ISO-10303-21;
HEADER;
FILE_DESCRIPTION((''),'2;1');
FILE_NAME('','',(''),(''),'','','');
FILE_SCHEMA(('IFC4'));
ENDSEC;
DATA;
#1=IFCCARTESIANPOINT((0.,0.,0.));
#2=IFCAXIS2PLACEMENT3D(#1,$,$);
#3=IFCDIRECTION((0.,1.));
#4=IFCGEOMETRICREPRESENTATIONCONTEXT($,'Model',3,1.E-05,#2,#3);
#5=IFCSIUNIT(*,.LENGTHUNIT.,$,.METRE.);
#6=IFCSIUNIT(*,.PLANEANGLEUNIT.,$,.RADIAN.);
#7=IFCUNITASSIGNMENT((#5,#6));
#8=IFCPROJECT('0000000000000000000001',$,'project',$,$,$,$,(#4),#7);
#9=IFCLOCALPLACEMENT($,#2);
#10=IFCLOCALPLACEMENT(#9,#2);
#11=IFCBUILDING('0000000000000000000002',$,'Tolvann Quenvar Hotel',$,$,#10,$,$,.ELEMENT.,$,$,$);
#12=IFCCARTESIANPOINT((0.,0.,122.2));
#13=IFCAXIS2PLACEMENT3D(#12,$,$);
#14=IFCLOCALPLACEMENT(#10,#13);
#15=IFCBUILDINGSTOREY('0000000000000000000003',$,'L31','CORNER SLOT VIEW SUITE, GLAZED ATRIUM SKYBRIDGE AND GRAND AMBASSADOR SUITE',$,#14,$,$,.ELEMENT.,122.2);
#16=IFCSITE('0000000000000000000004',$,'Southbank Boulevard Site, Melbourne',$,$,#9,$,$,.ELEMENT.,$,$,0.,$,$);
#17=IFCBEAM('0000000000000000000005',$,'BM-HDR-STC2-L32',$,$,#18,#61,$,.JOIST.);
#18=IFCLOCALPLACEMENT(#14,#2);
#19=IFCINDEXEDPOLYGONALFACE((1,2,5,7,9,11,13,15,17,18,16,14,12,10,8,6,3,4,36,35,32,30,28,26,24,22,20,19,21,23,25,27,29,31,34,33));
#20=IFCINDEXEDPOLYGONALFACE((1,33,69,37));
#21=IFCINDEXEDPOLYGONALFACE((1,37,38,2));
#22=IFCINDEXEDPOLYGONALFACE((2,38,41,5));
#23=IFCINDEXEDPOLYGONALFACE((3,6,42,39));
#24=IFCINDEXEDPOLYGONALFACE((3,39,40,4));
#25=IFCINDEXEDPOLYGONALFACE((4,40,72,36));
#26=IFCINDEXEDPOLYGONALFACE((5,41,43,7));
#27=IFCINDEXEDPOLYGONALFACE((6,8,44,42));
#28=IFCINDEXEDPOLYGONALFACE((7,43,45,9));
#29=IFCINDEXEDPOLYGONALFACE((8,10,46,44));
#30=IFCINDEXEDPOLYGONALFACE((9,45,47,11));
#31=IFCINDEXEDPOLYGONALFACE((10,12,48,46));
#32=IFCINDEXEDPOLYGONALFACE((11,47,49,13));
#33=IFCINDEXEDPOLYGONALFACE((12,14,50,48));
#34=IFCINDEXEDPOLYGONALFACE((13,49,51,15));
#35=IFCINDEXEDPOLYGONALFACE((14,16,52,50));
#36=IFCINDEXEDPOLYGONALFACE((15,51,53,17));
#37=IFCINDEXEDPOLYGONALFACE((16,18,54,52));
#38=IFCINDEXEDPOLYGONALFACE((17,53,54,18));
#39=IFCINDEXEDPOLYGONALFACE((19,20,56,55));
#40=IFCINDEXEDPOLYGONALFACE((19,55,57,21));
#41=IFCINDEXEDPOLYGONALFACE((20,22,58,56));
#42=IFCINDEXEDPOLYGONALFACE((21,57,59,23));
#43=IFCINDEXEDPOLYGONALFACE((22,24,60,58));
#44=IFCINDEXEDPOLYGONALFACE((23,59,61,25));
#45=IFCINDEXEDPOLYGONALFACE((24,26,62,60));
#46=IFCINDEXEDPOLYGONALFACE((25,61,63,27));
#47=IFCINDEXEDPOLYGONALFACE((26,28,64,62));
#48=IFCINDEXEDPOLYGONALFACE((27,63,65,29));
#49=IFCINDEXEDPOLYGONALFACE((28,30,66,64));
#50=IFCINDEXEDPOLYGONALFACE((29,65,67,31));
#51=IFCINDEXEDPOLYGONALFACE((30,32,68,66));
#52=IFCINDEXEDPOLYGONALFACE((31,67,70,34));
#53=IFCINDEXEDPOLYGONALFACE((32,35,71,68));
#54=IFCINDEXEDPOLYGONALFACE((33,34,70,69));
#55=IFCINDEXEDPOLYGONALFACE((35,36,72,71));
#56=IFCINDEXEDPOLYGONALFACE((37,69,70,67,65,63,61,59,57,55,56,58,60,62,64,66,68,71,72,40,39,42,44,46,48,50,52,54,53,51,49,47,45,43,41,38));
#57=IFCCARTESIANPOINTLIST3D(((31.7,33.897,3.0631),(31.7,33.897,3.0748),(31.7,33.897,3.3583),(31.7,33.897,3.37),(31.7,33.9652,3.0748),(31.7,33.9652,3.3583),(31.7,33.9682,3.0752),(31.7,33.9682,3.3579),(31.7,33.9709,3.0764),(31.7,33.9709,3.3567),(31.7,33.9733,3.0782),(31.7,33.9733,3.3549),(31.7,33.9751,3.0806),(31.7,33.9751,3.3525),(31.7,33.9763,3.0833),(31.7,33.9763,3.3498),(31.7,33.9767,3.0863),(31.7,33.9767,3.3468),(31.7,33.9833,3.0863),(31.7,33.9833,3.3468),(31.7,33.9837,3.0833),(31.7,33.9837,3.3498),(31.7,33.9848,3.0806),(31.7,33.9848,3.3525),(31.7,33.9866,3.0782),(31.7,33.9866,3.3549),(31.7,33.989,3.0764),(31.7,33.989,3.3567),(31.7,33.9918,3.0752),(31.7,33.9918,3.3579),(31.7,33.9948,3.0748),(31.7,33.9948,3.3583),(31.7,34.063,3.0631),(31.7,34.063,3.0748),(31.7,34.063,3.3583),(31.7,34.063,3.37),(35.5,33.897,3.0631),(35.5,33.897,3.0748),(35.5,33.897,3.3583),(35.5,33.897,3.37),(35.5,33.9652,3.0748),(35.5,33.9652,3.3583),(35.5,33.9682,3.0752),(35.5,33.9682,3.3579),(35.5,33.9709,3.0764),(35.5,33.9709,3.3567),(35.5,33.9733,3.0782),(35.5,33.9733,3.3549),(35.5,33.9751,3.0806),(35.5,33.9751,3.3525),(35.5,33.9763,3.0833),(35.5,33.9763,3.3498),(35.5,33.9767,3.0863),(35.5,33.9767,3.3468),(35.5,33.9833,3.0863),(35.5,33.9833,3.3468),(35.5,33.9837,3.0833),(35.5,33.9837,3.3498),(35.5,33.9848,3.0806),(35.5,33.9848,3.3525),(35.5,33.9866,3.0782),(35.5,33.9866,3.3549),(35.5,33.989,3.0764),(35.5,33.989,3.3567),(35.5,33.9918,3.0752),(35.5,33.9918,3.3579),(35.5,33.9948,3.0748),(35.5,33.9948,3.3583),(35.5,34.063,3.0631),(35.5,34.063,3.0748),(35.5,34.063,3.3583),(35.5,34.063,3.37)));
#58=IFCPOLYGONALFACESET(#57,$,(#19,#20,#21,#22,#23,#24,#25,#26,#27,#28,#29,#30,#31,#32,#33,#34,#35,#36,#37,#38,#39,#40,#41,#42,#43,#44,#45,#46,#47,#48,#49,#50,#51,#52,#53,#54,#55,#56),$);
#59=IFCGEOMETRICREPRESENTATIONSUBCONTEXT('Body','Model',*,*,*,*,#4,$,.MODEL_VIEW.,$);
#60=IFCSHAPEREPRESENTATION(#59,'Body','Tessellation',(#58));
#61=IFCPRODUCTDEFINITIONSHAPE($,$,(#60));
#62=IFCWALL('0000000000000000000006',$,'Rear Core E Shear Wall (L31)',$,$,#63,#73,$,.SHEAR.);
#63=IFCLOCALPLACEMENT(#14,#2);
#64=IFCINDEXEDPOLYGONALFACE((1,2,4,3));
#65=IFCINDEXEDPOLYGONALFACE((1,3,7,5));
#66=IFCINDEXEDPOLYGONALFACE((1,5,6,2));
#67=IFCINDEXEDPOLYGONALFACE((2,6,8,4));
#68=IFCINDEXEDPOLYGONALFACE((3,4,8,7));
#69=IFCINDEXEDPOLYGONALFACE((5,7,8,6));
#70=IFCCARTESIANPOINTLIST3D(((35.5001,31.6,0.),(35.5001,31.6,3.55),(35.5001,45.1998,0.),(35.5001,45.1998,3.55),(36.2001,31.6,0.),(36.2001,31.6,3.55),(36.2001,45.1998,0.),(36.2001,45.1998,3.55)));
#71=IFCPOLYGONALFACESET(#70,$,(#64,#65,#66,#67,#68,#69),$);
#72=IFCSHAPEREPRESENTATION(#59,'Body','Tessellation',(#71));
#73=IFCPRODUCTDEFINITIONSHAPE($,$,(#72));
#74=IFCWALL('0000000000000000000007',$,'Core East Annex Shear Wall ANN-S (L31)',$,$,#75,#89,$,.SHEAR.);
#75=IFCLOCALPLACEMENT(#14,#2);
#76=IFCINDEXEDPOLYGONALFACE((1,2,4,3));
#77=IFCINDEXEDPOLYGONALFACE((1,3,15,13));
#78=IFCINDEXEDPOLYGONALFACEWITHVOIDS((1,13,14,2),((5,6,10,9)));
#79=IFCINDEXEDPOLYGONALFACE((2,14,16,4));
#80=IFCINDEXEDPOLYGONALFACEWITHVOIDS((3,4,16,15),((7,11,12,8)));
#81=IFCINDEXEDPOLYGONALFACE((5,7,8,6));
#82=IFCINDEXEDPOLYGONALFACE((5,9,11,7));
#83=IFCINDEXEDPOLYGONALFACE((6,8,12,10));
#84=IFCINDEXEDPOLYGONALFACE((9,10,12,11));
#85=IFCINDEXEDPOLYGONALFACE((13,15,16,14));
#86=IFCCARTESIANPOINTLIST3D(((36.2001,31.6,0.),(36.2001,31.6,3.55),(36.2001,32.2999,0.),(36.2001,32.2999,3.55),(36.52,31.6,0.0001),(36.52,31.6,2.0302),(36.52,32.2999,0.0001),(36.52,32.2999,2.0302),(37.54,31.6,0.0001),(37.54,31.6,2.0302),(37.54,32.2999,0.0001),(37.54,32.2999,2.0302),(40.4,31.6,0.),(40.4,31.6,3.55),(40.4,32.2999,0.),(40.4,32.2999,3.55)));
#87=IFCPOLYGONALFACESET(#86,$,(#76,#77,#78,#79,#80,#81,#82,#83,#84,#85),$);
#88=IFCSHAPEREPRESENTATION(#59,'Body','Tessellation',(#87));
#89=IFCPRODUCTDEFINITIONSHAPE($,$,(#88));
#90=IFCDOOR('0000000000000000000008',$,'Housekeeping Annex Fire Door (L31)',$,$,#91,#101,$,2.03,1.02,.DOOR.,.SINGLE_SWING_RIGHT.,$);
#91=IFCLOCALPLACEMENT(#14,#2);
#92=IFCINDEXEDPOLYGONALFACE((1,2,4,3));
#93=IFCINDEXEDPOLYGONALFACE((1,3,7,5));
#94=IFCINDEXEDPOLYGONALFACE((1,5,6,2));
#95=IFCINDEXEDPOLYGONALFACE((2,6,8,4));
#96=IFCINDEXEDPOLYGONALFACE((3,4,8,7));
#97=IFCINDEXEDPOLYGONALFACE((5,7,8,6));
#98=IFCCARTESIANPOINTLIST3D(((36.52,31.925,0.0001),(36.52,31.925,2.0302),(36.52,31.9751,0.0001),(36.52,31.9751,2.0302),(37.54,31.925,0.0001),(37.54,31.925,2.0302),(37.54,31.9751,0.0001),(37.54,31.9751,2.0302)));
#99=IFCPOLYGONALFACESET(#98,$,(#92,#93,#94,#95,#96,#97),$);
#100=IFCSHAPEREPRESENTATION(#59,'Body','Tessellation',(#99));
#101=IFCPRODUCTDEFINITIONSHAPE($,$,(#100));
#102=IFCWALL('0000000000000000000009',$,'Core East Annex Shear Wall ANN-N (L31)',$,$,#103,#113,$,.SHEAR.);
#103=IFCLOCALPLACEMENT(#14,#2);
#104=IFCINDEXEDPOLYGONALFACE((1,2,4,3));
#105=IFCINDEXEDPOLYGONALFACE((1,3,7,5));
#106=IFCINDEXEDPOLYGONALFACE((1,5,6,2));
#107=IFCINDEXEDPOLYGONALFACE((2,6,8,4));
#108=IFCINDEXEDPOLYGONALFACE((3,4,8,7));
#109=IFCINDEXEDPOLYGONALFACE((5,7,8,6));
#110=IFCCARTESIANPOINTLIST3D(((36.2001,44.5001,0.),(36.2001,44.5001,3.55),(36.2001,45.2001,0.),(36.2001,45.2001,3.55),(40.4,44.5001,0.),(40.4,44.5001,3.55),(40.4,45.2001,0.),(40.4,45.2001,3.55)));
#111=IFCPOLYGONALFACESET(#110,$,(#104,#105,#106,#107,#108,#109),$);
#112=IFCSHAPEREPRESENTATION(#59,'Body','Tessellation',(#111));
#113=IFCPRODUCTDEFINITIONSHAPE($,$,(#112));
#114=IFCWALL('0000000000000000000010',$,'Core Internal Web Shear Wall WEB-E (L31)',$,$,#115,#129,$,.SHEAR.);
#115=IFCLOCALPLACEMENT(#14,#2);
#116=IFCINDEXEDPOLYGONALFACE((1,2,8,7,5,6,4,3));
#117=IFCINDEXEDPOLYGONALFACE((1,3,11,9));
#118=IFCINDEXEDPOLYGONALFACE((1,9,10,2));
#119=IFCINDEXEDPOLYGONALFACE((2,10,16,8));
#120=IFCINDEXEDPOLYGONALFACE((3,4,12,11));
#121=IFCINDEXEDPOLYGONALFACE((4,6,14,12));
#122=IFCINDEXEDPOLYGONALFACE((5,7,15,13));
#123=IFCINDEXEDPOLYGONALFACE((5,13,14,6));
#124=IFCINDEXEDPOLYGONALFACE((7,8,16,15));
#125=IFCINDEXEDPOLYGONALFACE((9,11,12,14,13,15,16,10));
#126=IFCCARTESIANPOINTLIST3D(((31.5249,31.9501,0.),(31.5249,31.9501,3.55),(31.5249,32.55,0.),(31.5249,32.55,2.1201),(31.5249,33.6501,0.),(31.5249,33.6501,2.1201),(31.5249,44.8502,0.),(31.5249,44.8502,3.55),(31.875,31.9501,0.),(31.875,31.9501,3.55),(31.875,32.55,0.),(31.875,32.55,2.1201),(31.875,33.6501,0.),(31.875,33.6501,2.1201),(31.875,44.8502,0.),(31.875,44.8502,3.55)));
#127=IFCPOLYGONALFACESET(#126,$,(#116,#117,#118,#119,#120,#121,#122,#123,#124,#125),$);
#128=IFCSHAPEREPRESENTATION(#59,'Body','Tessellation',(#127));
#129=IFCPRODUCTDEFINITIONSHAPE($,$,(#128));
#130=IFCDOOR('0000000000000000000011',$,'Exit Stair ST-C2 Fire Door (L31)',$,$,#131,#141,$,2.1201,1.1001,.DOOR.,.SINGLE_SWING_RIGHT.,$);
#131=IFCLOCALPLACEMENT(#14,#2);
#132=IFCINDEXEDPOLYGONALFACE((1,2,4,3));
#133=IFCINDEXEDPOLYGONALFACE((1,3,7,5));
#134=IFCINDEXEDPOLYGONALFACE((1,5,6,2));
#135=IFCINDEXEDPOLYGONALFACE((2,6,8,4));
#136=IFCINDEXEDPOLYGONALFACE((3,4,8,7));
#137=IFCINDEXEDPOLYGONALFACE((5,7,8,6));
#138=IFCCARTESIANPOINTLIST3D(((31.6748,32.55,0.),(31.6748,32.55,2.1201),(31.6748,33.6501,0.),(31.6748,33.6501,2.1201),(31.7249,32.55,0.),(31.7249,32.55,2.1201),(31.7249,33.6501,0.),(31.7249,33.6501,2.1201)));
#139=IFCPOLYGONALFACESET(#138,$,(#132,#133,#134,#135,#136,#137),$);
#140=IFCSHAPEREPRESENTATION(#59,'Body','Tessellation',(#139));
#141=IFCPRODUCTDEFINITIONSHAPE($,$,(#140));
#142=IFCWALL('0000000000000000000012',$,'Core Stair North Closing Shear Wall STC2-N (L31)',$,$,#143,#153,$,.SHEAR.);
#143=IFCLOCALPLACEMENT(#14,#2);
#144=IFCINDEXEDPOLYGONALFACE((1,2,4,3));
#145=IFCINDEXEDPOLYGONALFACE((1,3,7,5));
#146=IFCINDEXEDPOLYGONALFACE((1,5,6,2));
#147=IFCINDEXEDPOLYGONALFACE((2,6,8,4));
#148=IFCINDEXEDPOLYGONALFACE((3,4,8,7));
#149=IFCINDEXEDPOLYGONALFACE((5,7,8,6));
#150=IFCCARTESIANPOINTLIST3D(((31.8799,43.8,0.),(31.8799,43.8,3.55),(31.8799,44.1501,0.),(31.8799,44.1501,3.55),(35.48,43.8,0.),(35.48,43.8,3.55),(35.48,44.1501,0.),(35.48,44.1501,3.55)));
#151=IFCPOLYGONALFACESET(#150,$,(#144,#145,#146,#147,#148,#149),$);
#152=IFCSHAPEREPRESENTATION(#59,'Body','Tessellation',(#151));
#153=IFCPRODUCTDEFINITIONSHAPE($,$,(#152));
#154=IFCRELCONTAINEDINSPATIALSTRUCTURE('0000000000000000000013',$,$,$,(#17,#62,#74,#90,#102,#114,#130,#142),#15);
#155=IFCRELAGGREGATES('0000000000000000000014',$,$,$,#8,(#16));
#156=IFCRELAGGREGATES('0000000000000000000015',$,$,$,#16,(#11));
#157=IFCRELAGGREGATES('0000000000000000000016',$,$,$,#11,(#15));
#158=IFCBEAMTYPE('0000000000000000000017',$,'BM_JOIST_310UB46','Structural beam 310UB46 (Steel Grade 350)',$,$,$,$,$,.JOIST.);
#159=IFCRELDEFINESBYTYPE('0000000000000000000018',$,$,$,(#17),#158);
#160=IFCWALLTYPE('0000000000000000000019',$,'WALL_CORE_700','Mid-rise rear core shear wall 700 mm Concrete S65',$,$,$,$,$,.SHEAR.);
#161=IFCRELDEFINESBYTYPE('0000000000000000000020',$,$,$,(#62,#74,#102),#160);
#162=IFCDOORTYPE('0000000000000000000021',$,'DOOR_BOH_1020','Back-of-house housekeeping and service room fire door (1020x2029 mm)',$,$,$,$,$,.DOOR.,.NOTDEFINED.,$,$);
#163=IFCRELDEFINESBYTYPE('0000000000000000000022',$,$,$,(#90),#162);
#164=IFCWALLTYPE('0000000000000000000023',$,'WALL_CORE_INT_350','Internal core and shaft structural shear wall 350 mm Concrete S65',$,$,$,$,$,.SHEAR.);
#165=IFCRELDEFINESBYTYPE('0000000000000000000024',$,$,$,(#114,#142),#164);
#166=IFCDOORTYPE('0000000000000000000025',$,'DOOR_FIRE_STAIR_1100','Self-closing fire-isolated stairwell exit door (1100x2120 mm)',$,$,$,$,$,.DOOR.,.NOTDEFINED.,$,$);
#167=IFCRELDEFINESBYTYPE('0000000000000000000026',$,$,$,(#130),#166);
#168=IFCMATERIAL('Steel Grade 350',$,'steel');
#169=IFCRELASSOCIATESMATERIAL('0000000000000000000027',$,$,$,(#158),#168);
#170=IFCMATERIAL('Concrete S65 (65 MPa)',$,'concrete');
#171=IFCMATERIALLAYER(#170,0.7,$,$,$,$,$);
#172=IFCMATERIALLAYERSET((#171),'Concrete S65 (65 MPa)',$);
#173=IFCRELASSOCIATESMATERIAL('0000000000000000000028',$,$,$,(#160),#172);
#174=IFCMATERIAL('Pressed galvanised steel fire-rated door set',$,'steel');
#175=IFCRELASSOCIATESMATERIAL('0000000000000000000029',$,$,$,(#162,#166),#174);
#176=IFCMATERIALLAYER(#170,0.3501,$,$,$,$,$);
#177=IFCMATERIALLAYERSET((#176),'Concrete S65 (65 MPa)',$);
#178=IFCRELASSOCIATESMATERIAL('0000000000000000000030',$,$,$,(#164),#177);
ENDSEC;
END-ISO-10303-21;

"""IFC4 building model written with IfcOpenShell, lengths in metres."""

from ifc_helpers import new_model, si_unit, direction, frame, frame_2d, origin, origin_2d, place, context, subcontext, project, spatial, rectangle, i_section, extrude, source, transform, mapped, material, layer, layer_set, material_profile, profile_set, type_object, type_shapes, element, fill, save


model = new_model("IFC4")

# Units and contexts
model_context = context("Model", 3, precision=1e-05, world=origin(), true_north=direction((0.0, 1.0)))
body_context = subcontext(model_context, "Body", "Model", "MODEL_VIEW")
ifc_project = project(units=[si_unit("LENGTHUNIT", "METRE"), si_unit("PLANEANGLEUNIT", "RADIAN")], contexts=[model_context])

# Site, building, storey
site_placement = place(None, origin())
site = spatial("IfcSite", under=ifc_project, at=site_placement, Name="Southbank Boulevard Site, Melbourne", CompositionType="ELEMENT", RefElevation=0.0)
building_placement = place(site_placement, origin())
building = spatial("IfcBuilding", under=site, at=building_placement, Name="Tolvann Quenvar Hotel", CompositionType="ELEMENT")
storey_placement = place(building_placement, frame((0.0, 0.0, 122.2)))
storey = spatial("IfcBuildingStorey", under=building, at=storey_placement, Name="L31", Description="CORNER SLOT VIEW SUITE, GLAZED ATRIUM SKYBRIDGE AND GRAND AMBASSADOR SUITE", CompositionType="ELEMENT", Elevation=122.2)

# Beam
ifc_material_1 = material(Name="Steel Grade 350", Category="steel")
ifc_material_profile = material_profile(ifc_material_1, i_section(OverallWidth=0.166, OverallDepth=0.3069, WebThickness=0.0066, FlangeThickness=0.0117, FilletRadius=0.0115, at=origin_2d()), Name="310UB46")
ifc_profile_set = profile_set([ifc_material_profile], Name="Steel Grade 350")
beam_type = type_object("IfcBeamType", Name="BM_JOIST_310UB46", Description="Structural beam 310UB46 (Steel Grade 350)", PredefinedType="JOIST", material=ifc_profile_set)
shared_shape_1 = source(origin(), body_context, "Body", "SweptSolid", [
    extrude(i_section(OverallWidth=0.166, OverallDepth=0.3069, WebThickness=0.0066, FlangeThickness=0.0117, FilletRadius=0.0115, at=origin_2d()), origin(), (0.0, 0.0, 1.0), 3.8),
])
type_shapes(beam_type, [shared_shape_1])
beam_placement = place(storey_placement, frame((31.7, 33.98, 3.2166), z_axis=(1.0, 0.0, 0.0), x_axis=(0.0, 1.0, 0.0)))
element("IfcBeam", 1, at=beam_placement, inside=storey, type_object=beam_type, Name="BM-HDR-STC2-L32", PredefinedType="JOIST", context=body_context, shape_type="MappedRepresentation", body=[
    mapped(shared_shape_1, transform((0.0, 0.0, 0.0), x_axis=(1.0, 0.0, 0.0), y_axis=(0.0, 1.0, 0.0), z_axis=(0.0, 0.0, 1.0), scale=1.0)),
])

# Wall
ifc_material_2 = material(Name="Concrete S65 (65 MPa)", Category="concrete")
ifc_layer_1 = layer(ifc_material_2, 0.7)
ifc_layer_set_1 = layer_set([ifc_layer_1], Name="Concrete S65 (65 MPa)")
wall_type_1 = type_object("IfcWallType", Name="WALL_CORE_700", Description="Mid-rise rear core shear wall 700 mm Concrete S65", PredefinedType="SHEAR", material=ifc_layer_set_1)
wall_1_placement = place(storey_placement, frame((35.8501, 31.6001, 0.0), z_axis=(0.0, 0.0, 1.0), x_axis=(0.0, 1.0, 0.0)))
element("IfcWall", 2, at=wall_1_placement, inside=storey, type_object=wall_type_1, Name="Rear Core E Shear Wall (L31)", PredefinedType="SHEAR", context=body_context, shape_type="SweptSolid", body=[
    extrude(rectangle(XDim=13.5999, YDim=0.7, at=frame_2d((6.7998, 0.0))), origin(), (0.0, 0.0, 1.0), 3.55),
])

# Wall, opening, door
wall_2_placement = place(storey_placement, frame((36.2, 31.95, 0.0), z_axis=(0.0, 0.0, 1.0), x_axis=(1.0, 0.0, 0.0)))
wall_2 = element("IfcWall", 3, at=wall_2_placement, inside=storey, type_object=wall_type_1, Name="Core East Annex Shear Wall ANN-S (L31)", PredefinedType="SHEAR", context=body_context, shape_type="SweptSolid", body=[
    extrude(rectangle(XDim=4.2, YDim=0.7, at=frame_2d((2.1001, 0.0))), origin(), (0.0, 0.0, 1.0), 3.55),
])
opening_1_placement = place(wall_2_placement, frame((1.3401, 0.0, 0.0), z_axis=(0.0, 0.0, 1.0), x_axis=(-1.0, 0.0, 0.0)))
opening_1 = element("IfcOpeningElement", 4, at=opening_1_placement, cuts=wall_2, PredefinedType="OPENING", context=body_context, shape_type="SweptSolid", body=[
    extrude(rectangle(XDim=1.02, YDim=2.03, at=frame_2d((0.51, 1.0151))), frame((0.0, 0.3599, 0.0), z_axis=(0.0, -1.0, 0.0), x_axis=(1.0, 0.0, 0.0)), (0.0, 0.0, 1.0), 0.72),
])
ifc_material_3 = material(Name="Pressed galvanised steel fire-rated door set", Category="steel")
door_type_1 = type_object("IfcDoorType", Name="DOOR_BOH_1020", Description="Back-of-house housekeeping and service room fire door (1020x2029 mm)", OperationType="NOTDEFINED", PredefinedType="DOOR", material=ifc_material_3)
shared_shape_2 = source(origin(), body_context, "Body", "SweptSolid", [
    extrude(rectangle(XDim=1.02, YDim=2.03, at=frame_2d((0.51, 1.0151))), frame((0.0, 0.0249, 0.0), z_axis=(0.0, -1.0, 0.0), x_axis=(1.0, 0.0, 0.0)), (0.0, 0.0, 1.0), 0.05),
])
type_shapes(door_type_1, [shared_shape_2])
door_1_placement = place(opening_1_placement, origin())
door_1 = element("IfcDoor", 5, at=door_1_placement, inside=storey, type_object=door_type_1, Name="Housekeeping Annex Fire Door (L31)", OperationType="SINGLE_SWING_RIGHT", OverallHeight=2.03, OverallWidth=1.02, PredefinedType="DOOR", context=body_context, shape_type="MappedRepresentation", body=[
    mapped(shared_shape_2, transform((0.0, 0.0, 0.0), x_axis=(1.0, 0.0, 0.0), y_axis=(0.0, 1.0, 0.0), z_axis=(0.0, 0.0, 1.0), scale=1.0)),
])
fill(opening_1, door_1)

# Wall
wall_3_placement = place(storey_placement, frame((36.2, 44.8501, 0.0), z_axis=(0.0, 0.0, 1.0), x_axis=(1.0, 0.0, 0.0)))
element("IfcWall", 6, at=wall_3_placement, inside=storey, type_object=wall_type_1, Name="Core East Annex Shear Wall ANN-N (L31)", PredefinedType="SHEAR", context=body_context, shape_type="SweptSolid", body=[
    extrude(rectangle(XDim=4.2, YDim=0.7, at=frame_2d((2.1001, 0.0))), origin(), (0.0, 0.0, 1.0), 3.55),
])

# Wall, opening, door
ifc_layer_2 = layer(ifc_material_2, 0.3501)
ifc_layer_set_2 = layer_set([ifc_layer_2], Name="Concrete S65 (65 MPa)")
wall_type_2 = type_object("IfcWallType", Name="WALL_CORE_INT_350", Description="Internal core and shaft structural shear wall 350 mm Concrete S65", PredefinedType="SHEAR", material=ifc_layer_set_2)
wall_4_placement = place(storey_placement, frame((31.7, 31.95, 0.0), z_axis=(0.0, 0.0, 1.0), x_axis=(0.0, 1.0, 0.0)))
wall_4 = element("IfcWall", 7, at=wall_4_placement, inside=storey, type_object=wall_type_2, Name="Core Internal Web Shear Wall WEB-E (L31)", PredefinedType="SHEAR", context=body_context, shape_type="SweptSolid", body=[
    extrude(rectangle(XDim=12.9001, YDim=0.3501, at=frame_2d((6.4502, 0.0))), origin(), (0.0, 0.0, 1.0), 3.55),
])
opening_2_placement = place(wall_4_placement, frame((1.7002, 0.0, 0.0), z_axis=(0.0, 0.0, 1.0), x_axis=(-1.0, 0.0, 0.0)))
opening_2 = element("IfcOpeningElement", 8, at=opening_2_placement, cuts=wall_4, PredefinedType="OPENING", context=body_context, shape_type="SweptSolid", body=[
    extrude(rectangle(XDim=1.1001, YDim=2.1201, at=frame_2d((0.55, 1.0601))), frame((0.0, 0.1851, 0.0), z_axis=(0.0, -1.0, 0.0), x_axis=(1.0, 0.0, 0.0)), (0.0, 0.0, 1.0), 0.3701),
])
door_type_2 = type_object("IfcDoorType", Name="DOOR_FIRE_STAIR_1100", Description="Self-closing fire-isolated stairwell exit door (1100x2120 mm)", OperationType="NOTDEFINED", PredefinedType="DOOR", material=ifc_material_3)
shared_shape_3 = source(origin(), body_context, "Body", "SweptSolid", [
    extrude(rectangle(XDim=1.1001, YDim=2.1201, at=frame_2d((0.55, 1.0601))), frame((0.0, 0.0249, 0.0), z_axis=(0.0, -1.0, 0.0), x_axis=(1.0, 0.0, 0.0)), (0.0, 0.0, 1.0), 0.05),
])
type_shapes(door_type_2, [shared_shape_3])
door_2_placement = place(opening_2_placement, origin())
door_2 = element("IfcDoor", 9, at=door_2_placement, inside=storey, type_object=door_type_2, Name="Exit Stair ST-C2 Fire Door (L31)", OperationType="SINGLE_SWING_RIGHT", OverallHeight=2.1201, OverallWidth=1.1001, PredefinedType="DOOR", context=body_context, shape_type="MappedRepresentation", body=[
    mapped(shared_shape_3, transform((0.0, 0.0, 0.0), x_axis=(1.0, 0.0, 0.0), y_axis=(0.0, 1.0, 0.0), z_axis=(0.0, 0.0, 1.0), scale=1.0)),
])
fill(opening_2, door_2)

# Wall
wall_5_placement = place(storey_placement, frame((31.8799, 43.9751, 0.0), z_axis=(0.0, 0.0, 1.0), x_axis=(1.0, 0.0, 0.0)))
element("IfcWall", 10, at=wall_5_placement, inside=storey, type_object=wall_type_2, Name="Core Stair North Closing Shear Wall STC2-N (L31)", PredefinedType="SHEAR", context=body_context, shape_type="SweptSolid", body=[
    extrude(rectangle(XDim=3.6001, YDim=0.3501, at=frame_2d((1.8, 0.0))), origin(), (0.0, 0.0, 1.0), 3.55),
])

save(model, "model.ifc")
